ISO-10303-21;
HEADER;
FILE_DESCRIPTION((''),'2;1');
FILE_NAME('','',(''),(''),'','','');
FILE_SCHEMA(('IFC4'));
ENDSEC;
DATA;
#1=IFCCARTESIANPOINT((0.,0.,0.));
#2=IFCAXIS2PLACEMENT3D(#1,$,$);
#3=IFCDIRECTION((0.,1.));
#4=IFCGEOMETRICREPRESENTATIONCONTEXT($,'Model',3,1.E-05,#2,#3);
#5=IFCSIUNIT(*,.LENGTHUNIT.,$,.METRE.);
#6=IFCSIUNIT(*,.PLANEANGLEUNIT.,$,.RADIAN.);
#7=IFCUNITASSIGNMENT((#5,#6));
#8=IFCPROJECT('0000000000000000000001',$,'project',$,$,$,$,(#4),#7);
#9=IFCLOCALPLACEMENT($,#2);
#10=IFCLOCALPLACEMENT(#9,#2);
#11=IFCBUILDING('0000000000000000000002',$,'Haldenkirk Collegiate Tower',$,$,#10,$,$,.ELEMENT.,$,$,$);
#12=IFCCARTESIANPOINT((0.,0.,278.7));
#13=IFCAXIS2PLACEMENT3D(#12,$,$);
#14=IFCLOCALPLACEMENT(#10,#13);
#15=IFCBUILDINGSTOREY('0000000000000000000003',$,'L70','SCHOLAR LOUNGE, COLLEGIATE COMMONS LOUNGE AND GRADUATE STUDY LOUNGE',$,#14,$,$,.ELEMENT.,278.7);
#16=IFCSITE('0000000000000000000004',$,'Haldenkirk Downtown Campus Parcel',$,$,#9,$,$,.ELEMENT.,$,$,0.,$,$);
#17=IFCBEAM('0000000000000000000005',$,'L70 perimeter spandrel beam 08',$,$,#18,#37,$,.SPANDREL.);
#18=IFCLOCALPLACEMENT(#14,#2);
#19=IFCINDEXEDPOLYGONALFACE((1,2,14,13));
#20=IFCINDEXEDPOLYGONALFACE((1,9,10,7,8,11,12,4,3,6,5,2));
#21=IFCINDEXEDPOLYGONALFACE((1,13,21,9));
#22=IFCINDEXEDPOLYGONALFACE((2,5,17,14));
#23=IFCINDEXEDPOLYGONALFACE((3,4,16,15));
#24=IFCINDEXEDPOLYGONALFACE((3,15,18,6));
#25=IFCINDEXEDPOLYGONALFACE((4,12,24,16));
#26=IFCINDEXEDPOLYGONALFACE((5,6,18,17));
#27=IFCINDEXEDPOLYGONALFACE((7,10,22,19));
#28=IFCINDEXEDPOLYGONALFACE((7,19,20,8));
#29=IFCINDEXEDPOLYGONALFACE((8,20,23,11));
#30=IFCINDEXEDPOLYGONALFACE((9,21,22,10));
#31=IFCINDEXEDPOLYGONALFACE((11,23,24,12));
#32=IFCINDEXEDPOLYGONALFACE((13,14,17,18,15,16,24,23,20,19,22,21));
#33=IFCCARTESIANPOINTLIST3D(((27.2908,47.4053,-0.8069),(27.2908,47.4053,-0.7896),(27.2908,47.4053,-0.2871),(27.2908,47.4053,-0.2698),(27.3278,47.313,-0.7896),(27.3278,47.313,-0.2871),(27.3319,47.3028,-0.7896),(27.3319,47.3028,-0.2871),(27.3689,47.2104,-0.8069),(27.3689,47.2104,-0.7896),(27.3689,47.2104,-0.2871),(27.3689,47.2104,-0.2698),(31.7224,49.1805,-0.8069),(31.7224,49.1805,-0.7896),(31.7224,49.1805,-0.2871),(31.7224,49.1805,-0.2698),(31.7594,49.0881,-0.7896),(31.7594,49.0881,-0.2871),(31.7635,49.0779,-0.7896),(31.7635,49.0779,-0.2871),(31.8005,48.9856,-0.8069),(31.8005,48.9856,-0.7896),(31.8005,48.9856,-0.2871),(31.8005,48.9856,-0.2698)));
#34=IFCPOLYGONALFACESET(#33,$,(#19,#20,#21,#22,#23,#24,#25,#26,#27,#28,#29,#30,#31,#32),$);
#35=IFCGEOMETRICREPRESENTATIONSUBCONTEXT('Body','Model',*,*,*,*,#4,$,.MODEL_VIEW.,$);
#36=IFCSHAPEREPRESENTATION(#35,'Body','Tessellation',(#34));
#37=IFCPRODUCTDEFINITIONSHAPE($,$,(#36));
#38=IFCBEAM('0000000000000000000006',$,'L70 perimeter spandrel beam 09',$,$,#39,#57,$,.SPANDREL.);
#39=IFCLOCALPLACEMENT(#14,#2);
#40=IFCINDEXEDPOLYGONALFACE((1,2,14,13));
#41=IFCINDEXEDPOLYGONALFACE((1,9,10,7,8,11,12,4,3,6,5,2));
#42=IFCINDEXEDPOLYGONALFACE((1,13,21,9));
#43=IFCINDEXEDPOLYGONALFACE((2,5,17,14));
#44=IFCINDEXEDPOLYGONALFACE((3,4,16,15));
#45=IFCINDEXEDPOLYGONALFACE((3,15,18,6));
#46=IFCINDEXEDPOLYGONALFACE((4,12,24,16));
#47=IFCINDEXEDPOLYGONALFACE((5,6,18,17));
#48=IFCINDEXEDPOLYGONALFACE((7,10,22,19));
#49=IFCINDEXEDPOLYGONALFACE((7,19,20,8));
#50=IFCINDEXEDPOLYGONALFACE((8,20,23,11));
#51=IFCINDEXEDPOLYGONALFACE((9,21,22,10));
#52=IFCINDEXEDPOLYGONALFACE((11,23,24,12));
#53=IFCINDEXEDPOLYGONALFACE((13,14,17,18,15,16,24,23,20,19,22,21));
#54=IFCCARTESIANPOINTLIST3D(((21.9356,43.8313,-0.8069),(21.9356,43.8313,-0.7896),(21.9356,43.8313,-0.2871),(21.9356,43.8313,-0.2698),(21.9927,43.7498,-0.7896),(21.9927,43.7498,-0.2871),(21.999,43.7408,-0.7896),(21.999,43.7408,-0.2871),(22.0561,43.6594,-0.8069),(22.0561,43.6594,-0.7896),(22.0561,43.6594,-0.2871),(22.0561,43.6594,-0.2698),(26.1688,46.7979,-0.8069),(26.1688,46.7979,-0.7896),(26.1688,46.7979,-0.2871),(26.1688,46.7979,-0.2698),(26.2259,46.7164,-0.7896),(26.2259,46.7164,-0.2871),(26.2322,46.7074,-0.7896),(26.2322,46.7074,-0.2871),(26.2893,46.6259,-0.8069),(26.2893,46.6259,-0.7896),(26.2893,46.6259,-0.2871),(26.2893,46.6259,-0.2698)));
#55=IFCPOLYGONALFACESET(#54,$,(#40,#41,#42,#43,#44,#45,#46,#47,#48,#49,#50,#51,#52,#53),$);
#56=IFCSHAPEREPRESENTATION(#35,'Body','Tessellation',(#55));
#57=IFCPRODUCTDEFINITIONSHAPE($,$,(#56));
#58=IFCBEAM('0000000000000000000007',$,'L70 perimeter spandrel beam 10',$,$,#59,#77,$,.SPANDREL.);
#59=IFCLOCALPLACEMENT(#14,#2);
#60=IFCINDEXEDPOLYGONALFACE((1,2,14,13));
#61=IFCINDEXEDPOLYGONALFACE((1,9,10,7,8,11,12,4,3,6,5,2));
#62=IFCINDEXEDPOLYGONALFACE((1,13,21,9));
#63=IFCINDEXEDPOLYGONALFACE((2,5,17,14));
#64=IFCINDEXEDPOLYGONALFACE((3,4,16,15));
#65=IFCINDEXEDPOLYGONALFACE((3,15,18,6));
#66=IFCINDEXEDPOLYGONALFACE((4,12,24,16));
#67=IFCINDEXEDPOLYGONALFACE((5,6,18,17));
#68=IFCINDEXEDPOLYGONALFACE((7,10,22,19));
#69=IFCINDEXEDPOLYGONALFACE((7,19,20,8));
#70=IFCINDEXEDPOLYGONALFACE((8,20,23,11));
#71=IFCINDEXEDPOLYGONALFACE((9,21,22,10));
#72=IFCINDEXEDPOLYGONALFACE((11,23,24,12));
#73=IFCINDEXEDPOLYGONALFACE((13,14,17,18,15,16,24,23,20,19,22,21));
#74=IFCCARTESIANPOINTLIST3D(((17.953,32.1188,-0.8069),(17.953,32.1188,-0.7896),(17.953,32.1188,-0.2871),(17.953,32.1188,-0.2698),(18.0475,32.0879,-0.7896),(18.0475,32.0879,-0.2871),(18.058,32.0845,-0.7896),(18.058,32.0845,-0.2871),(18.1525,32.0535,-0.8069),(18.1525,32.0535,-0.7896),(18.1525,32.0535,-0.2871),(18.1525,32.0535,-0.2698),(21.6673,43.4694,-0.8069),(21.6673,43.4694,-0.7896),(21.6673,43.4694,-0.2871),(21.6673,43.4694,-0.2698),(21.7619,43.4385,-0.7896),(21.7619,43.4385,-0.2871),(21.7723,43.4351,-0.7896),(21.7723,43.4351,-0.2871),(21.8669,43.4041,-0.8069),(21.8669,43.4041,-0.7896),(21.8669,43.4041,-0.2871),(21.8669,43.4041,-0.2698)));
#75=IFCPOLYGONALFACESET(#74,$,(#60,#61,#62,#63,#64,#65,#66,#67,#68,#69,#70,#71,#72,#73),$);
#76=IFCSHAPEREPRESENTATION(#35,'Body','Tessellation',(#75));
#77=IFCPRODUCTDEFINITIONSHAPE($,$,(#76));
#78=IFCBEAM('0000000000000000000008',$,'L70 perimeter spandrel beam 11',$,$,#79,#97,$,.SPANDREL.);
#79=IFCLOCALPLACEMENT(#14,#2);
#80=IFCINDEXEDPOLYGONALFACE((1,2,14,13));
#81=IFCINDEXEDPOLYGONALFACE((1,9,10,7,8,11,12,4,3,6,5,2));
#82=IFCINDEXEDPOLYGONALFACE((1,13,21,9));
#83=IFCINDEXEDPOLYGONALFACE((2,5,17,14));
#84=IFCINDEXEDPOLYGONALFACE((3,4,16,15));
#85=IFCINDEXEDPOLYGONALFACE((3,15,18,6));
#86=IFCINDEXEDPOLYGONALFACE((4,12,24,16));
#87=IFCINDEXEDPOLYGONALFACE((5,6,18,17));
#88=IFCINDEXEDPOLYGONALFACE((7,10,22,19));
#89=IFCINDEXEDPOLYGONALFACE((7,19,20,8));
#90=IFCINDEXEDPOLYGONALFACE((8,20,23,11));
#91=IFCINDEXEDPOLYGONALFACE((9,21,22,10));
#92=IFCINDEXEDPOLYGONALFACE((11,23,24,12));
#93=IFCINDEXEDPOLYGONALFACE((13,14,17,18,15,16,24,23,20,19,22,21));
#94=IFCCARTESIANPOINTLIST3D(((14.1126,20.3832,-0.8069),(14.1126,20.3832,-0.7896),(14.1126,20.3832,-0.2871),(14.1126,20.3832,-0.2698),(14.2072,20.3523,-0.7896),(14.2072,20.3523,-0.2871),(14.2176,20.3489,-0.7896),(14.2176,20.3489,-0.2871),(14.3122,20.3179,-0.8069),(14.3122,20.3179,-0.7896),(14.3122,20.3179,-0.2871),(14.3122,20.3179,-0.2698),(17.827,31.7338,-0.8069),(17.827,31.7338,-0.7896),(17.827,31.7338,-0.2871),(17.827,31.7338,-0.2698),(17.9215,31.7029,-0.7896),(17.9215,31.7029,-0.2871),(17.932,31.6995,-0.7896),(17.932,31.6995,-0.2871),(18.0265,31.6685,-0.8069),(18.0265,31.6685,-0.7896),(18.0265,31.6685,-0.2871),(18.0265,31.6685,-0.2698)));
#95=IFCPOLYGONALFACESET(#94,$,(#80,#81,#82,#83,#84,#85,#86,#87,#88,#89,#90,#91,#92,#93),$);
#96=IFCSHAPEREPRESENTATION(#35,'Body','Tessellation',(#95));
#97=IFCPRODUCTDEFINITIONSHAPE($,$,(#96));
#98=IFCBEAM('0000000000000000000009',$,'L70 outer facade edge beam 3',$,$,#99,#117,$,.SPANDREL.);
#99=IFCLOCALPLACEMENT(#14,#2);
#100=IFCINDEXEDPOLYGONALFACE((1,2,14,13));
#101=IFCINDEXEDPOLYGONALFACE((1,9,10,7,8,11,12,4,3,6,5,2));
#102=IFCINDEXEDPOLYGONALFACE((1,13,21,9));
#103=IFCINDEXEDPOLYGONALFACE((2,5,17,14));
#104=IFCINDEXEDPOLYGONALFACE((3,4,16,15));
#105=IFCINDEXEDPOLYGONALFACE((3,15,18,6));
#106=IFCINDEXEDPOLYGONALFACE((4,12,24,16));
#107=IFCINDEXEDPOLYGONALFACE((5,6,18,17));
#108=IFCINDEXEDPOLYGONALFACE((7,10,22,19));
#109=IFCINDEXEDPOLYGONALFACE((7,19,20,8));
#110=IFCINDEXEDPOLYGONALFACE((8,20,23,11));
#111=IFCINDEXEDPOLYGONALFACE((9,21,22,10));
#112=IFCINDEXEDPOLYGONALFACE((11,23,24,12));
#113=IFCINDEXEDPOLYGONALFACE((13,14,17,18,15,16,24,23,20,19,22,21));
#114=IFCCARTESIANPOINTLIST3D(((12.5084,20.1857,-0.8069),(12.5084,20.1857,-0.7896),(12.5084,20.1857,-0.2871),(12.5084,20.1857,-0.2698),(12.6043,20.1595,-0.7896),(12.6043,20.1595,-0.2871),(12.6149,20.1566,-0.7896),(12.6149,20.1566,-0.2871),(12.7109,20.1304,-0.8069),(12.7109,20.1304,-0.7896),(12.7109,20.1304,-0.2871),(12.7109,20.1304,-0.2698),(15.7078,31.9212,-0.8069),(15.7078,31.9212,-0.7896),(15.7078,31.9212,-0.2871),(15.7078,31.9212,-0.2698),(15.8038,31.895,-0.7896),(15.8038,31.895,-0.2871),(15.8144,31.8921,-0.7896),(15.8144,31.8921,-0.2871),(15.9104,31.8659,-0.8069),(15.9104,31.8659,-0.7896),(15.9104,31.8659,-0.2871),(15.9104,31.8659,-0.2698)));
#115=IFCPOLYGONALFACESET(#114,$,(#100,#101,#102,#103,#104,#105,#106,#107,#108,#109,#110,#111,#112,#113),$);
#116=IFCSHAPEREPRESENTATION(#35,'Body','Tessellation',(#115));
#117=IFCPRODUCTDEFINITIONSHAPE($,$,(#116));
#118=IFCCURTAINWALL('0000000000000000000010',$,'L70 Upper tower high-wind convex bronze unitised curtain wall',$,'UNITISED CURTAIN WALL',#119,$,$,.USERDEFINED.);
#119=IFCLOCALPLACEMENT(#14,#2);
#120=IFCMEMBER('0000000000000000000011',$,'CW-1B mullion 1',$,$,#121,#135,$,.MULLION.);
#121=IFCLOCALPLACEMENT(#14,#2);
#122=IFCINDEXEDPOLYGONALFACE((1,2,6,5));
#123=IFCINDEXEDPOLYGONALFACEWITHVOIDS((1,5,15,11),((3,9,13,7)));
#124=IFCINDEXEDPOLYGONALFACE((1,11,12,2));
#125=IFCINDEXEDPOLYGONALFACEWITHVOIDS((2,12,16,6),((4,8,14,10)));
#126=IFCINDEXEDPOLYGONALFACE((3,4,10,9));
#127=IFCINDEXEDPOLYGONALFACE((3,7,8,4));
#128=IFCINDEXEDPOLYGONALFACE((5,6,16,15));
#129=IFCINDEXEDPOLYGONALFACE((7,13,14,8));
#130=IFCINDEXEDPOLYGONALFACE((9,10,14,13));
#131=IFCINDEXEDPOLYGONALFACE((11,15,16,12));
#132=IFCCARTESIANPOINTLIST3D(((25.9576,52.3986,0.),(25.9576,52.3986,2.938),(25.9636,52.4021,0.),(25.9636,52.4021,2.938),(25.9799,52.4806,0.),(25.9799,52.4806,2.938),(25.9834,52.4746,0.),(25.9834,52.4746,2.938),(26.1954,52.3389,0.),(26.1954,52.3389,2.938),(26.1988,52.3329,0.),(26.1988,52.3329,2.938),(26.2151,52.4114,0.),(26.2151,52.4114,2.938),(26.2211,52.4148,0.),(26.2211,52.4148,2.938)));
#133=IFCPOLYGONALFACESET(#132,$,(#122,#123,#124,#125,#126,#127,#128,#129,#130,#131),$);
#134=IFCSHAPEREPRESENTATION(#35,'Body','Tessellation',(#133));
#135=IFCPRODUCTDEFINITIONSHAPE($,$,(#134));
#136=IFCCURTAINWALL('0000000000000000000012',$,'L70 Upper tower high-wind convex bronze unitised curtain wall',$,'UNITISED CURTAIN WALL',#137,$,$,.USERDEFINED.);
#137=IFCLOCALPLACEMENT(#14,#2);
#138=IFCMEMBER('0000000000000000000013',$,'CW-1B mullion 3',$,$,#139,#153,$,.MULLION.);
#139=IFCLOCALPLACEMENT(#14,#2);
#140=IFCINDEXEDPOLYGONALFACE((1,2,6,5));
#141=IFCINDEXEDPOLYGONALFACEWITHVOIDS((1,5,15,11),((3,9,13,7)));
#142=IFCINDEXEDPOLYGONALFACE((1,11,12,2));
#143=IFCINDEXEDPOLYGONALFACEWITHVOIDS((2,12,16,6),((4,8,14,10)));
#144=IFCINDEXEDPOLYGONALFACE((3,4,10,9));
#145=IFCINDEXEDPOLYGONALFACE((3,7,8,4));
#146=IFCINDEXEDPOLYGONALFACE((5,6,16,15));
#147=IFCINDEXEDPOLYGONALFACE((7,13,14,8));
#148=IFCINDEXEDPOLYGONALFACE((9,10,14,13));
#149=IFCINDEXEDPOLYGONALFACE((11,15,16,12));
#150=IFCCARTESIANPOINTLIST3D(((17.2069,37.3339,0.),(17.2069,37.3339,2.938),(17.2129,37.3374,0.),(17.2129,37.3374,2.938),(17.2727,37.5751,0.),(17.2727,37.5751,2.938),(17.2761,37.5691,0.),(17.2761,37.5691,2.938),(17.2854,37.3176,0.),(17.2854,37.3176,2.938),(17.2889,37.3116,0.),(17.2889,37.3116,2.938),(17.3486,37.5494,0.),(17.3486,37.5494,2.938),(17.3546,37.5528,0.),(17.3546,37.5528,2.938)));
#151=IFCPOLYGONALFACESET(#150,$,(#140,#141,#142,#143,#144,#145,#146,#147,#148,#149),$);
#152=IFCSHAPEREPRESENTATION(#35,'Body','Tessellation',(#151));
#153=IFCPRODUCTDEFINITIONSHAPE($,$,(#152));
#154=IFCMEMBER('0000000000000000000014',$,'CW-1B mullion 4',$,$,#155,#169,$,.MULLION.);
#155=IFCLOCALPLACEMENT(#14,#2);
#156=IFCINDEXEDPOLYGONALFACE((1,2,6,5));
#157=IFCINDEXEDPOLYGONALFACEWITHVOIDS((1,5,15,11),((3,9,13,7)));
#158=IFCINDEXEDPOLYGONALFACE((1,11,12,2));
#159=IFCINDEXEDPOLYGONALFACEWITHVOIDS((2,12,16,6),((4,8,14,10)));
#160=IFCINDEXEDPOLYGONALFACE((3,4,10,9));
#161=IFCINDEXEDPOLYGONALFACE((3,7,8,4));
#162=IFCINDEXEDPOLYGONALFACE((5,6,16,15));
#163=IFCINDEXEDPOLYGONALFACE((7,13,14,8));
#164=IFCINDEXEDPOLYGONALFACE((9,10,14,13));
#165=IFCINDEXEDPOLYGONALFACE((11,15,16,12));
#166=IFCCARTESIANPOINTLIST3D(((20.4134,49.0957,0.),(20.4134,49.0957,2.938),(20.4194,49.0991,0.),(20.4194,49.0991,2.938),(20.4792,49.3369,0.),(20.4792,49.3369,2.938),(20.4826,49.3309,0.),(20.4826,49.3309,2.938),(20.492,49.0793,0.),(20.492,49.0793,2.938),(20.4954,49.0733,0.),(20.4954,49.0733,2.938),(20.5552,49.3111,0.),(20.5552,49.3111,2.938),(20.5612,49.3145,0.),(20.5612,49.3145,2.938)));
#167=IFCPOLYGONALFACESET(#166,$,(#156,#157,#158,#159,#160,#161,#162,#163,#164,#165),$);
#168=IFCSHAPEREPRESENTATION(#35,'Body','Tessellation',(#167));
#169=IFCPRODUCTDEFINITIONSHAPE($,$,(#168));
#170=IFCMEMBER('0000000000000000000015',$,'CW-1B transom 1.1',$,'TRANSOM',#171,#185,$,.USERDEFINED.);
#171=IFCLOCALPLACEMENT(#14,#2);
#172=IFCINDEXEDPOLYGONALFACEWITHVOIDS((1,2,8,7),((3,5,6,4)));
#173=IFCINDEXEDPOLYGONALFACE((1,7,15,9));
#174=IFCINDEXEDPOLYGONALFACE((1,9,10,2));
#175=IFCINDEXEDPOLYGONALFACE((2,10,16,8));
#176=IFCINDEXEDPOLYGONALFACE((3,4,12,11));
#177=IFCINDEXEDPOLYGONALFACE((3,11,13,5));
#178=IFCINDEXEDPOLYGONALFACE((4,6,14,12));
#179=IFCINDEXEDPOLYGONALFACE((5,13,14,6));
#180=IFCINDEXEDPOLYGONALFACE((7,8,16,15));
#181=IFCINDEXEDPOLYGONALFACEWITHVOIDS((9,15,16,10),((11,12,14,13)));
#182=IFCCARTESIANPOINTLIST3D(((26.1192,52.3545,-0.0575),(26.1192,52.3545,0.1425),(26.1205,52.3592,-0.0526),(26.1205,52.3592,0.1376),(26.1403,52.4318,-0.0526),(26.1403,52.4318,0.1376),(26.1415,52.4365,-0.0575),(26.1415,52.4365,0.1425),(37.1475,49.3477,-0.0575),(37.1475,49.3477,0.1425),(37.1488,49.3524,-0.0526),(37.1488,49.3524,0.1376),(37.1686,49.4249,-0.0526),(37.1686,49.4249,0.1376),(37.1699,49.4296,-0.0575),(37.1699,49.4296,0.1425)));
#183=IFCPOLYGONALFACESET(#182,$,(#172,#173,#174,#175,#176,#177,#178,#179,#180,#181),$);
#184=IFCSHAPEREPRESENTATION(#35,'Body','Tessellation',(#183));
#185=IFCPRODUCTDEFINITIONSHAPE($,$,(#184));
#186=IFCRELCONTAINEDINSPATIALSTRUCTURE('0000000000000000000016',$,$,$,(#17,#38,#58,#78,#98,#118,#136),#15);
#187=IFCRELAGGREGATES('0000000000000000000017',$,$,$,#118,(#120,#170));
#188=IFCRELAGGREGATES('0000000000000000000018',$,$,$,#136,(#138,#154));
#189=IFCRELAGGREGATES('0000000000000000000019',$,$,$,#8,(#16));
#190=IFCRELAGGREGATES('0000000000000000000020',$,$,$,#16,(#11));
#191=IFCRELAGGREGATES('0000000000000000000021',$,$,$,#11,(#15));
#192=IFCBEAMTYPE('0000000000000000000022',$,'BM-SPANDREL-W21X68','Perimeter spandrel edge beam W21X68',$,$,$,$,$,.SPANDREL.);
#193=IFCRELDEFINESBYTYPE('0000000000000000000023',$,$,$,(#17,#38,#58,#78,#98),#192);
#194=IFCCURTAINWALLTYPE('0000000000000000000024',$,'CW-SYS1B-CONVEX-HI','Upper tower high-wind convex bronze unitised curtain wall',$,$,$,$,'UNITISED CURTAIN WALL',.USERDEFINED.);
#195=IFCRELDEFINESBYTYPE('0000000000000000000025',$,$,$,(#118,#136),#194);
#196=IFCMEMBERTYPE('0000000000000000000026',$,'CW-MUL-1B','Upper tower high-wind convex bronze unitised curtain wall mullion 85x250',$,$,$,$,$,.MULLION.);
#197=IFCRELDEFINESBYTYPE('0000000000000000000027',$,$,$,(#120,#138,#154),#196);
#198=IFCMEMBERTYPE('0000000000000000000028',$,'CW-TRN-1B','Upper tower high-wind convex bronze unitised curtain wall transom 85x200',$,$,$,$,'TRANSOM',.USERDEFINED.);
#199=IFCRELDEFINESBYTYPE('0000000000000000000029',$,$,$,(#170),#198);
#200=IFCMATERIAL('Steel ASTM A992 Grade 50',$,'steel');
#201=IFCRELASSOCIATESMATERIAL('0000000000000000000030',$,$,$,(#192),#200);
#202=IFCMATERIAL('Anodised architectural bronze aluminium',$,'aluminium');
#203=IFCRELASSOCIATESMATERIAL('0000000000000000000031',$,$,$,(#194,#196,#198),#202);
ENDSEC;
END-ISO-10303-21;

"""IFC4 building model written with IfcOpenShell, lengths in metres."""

from ifc_helpers import new_model, si_unit, direction, frame, origin, origin_2d, place, context, subcontext, project, spatial, hollow_rectangle, i_section, extrude, material, material_profile, profile_set, type_object, element, aggregate, save


model = new_model("IFC4")

# Units and contexts
model_context = context("Model", 3, precision=1e-05, world=origin(), true_north=direction((0.0, 1.0)))
body_context = subcontext(model_context, "Body", "Model", "MODEL_VIEW")
ifc_project = project(units=[si_unit("LENGTHUNIT", "METRE"), si_unit("PLANEANGLEUNIT", "RADIAN")], contexts=[model_context])

# Site, building, storey
site_placement = place(None, origin())
site = spatial("IfcSite", under=ifc_project, at=site_placement, Name="Haldenkirk Downtown Campus Parcel", CompositionType="ELEMENT", RefElevation=0.0)
building_placement = place(site_placement, origin())
building = spatial("IfcBuilding", under=site, at=building_placement, Name="Haldenkirk Collegiate Tower", CompositionType="ELEMENT")
storey_placement = place(building_placement, frame((0.0, 0.0, 278.7)))
storey = spatial("IfcBuildingStorey", under=building, at=storey_placement, Name="L70", Description="SCHOLAR LOUNGE, COLLEGIATE COMMONS LOUNGE AND GRADUATE STUDY LOUNGE", CompositionType="ELEMENT", Elevation=278.7)

# Beams
ifc_material_1 = material(Name="Steel ASTM A992 Grade 50", Category="steel")
ifc_material_profile_1 = material_profile(ifc_material_1, i_section(OverallWidth=0.21, OverallDepth=0.5371, WebThickness=0.011, FlangeThickness=0.0173, at=origin_2d()), Name="W21X68")
ifc_profile_set_1 = profile_set([ifc_material_profile_1], Name="Steel ASTM A992 Grade 50")
beam_type_1 = type_object("IfcBeamType", Name="BM-SPANDREL-W21X68", Description="Perimeter spandrel edge beam W21X68", PredefinedType="SPANDREL", material=ifc_profile_set_1)
beam_1_placement = place(storey_placement, frame((31.7615, 49.083, -0.5383), z_axis=(-0.928297, -0.37184, 0.0), x_axis=(0.37184, -0.928297, 0.0)))
element("IfcBeam", 1, at=beam_1_placement, inside=storey, type_object=beam_type_1, Name="L70 perimeter spandrel beam 08", PredefinedType="SPANDREL", context=body_context, shape_type="SweptSolid", body=[
    extrude(i_section(OverallWidth=0.21, OverallDepth=0.5371, WebThickness=0.011, FlangeThickness=0.0173, at=origin_2d()), origin(), (0.0, 0.0, 1.0), 4.7739),
])
beam_2_placement = place(storey_placement, frame((26.229, 46.7119, -0.5383), z_axis=(-0.818928, -0.573897, 0.0), x_axis=(0.573897, -0.818928, 0.0)))
element("IfcBeam", 2, at=beam_2_placement, inside=storey, type_object=beam_type_1, Name="L70 perimeter spandrel beam 09", PredefinedType="SPANDREL", context=body_context, shape_type="SweptSolid", body=[
    extrude(i_section(OverallWidth=0.21, OverallDepth=0.5371, WebThickness=0.011, FlangeThickness=0.0173, at=origin_2d()), origin(), (0.0, 0.0, 1.0), 5.1692),
])
for number, where, z_axis, x_axis, name in (
    (3, (21.7671, 43.4368, -0.5383), (-0.31101, -0.950407, 0.0), (0.950407, -0.31101, 0.0), "L70 perimeter spandrel beam 10"),
    (4, (17.9268, 31.7012, -0.5383), (-0.31101, -0.950407, 0.0), (0.950407, -0.31101, 0.0), "L70 perimeter spandrel beam 11"),
):
    element("IfcBeam", number, at=place(storey_placement, frame(where, z_axis=z_axis, x_axis=x_axis)), inside=storey, type_object=beam_type_1, Name=name, PredefinedType="SPANDREL", context=body_context, shape_type="SweptSolid", body=[
        extrude(i_section(OverallWidth=0.21, OverallDepth=0.5371, WebThickness=0.011, FlangeThickness=0.0173, at=origin_2d()), origin(), (0.0, 0.0, 1.0), 11.9429),
    ])
beam_3_placement = place(storey_placement, frame((15.8091, 31.8936, -0.5383), z_axis=(-0.263029, -0.964788, 0.0), x_axis=(0.964788, -0.263029, 0.0)))
element("IfcBeam", 5, at=beam_3_placement, inside=storey, type_object=beam_type_1, Name="L70 outer facade edge beam 3", PredefinedType="SPANDREL", context=body_context, shape_type="SweptSolid", body=[
    extrude(i_section(OverallWidth=0.21, OverallDepth=0.5371, WebThickness=0.011, FlangeThickness=0.0173, at=origin_2d()), origin(), (0.0, 0.0, 1.0), 12.1638),
])

# Curtain wall, member
ifc_material_2 = material(Name="Anodised architectural bronze aluminium", Category="aluminium")
curtain_wall_type = type_object("IfcCurtainWallType", Name="CW-SYS1B-CONVEX-HI", Description="Upper tower high-wind convex bronze unitised curtain wall", ElementType="UNITISED CURTAIN WALL", PredefinedType="USERDEFINED", material=ifc_material_2)
curtain_wall_1_placement = place(storey_placement, origin())
curtain_wall_1 = element("IfcCurtainWall", 6, at=curtain_wall_1_placement, inside=storey, type_object=curtain_wall_type, Name="L70 Upper tower high-wind convex bronze unitised curtain wall", ObjectType="UNITISED CURTAIN WALL", PredefinedType="USERDEFINED")
ifc_material_profile_2 = material_profile(ifc_material_2, hollow_rectangle(XDim=0.085, YDim=0.25, WallThickness=0.0049, at=origin_2d()), Name="CW-MUL-1B")
ifc_profile_set_2 = profile_set([ifc_material_profile_2], Name="Anodised architectural bronze aluminium")
member_type_1 = type_object("IfcMemberType", Name="CW-MUL-1B", Description="Upper tower high-wind convex bronze unitised curtain wall mullion 85x250", PredefinedType="MULLION", material=ifc_profile_set_2)
member_1_placement = place(storey_placement, frame((26.0894, 52.4067, 0.0), z_axis=(0.0, 0.0, 1.0), x_axis=(0.263031, 0.964787, 0.0)))
member_1 = element("IfcMember", 7, at=member_1_placement, type_object=member_type_1, Name="CW-1B mullion 1", PredefinedType="MULLION", context=body_context, shape_type="SweptSolid", body=[
    extrude(hollow_rectangle(XDim=0.085, YDim=0.25, WallThickness=0.0049, at=origin_2d()), origin(), (0.0, 0.0, 1.0), 2.938),
])

# Curtain wall, members
curtain_wall_2_placement = place(storey_placement, origin())
curtain_wall_2 = element("IfcCurtainWall", 8, at=curtain_wall_2_placement, inside=storey, type_object=curtain_wall_type, Name="L70 Upper tower high-wind convex bronze unitised curtain wall", ObjectType="UNITISED CURTAIN WALL", PredefinedType="USERDEFINED")
member_2_placement = place(storey_placement, frame((17.2808, 37.4434, 0.0), z_axis=(0.0, 0.0, 1.0), x_axis=(-0.964787, 0.263033, 0.0)))
member_2 = element("IfcMember", 9, at=member_2_placement, type_object=member_type_1, Name="CW-1B mullion 3", PredefinedType="MULLION", context=body_context, shape_type="SweptSolid", body=[
    extrude(hollow_rectangle(XDim=0.085, YDim=0.25, WallThickness=0.0049, at=origin_2d()), origin(), (0.0, 0.0, 1.0), 2.938),
])
member_3_placement = place(storey_placement, frame((20.4873, 49.2051, 0.0), z_axis=(0.0, 0.0, 1.0), x_axis=(-0.964787, 0.263033, 0.0)))
member_3 = element("IfcMember", 10, at=member_3_placement, type_object=member_type_1, Name="CW-1B mullion 4", PredefinedType="MULLION", context=body_context, shape_type="SweptSolid", body=[
    extrude(hollow_rectangle(XDim=0.085, YDim=0.25, WallThickness=0.0049, at=origin_2d()), origin(), (0.0, 0.0, 1.0), 2.938),
])

# Member
ifc_material_profile_3 = material_profile(ifc_material_2, hollow_rectangle(XDim=0.085, YDim=0.2, WallThickness=0.0049, at=origin_2d()), Name="CW-TRN-1B")
ifc_profile_set_3 = profile_set([ifc_material_profile_3], Name="Anodised architectural bronze aluminium")
member_type_2 = type_object("IfcMemberType", Name="CW-TRN-1B", Description="Upper tower high-wind convex bronze unitised curtain wall transom 85x200", ElementType="TRANSOM", PredefinedType="USERDEFINED", material=ifc_profile_set_3)
member_4_placement = place(storey_placement, frame((26.1304, 52.3955, 0.0425), z_axis=(0.964784, -0.263045, 0.0), x_axis=(0.263045, 0.964784, 0.0)))
member_4 = element("IfcMember", 11, at=member_4_placement, type_object=member_type_2, Name="CW-1B transom 1.1", ObjectType="TRANSOM", PredefinedType="USERDEFINED", context=body_context, shape_type="SweptSolid", body=[
    extrude(hollow_rectangle(XDim=0.085, YDim=0.2, WallThickness=0.0049, at=origin_2d()), origin(), (0.0, 0.0, 1.0), 11.4309),
])

aggregate(curtain_wall_1, [member_1, member_4])
aggregate(curtain_wall_2, [member_2, member_3])

save(model, "model.ifc")
